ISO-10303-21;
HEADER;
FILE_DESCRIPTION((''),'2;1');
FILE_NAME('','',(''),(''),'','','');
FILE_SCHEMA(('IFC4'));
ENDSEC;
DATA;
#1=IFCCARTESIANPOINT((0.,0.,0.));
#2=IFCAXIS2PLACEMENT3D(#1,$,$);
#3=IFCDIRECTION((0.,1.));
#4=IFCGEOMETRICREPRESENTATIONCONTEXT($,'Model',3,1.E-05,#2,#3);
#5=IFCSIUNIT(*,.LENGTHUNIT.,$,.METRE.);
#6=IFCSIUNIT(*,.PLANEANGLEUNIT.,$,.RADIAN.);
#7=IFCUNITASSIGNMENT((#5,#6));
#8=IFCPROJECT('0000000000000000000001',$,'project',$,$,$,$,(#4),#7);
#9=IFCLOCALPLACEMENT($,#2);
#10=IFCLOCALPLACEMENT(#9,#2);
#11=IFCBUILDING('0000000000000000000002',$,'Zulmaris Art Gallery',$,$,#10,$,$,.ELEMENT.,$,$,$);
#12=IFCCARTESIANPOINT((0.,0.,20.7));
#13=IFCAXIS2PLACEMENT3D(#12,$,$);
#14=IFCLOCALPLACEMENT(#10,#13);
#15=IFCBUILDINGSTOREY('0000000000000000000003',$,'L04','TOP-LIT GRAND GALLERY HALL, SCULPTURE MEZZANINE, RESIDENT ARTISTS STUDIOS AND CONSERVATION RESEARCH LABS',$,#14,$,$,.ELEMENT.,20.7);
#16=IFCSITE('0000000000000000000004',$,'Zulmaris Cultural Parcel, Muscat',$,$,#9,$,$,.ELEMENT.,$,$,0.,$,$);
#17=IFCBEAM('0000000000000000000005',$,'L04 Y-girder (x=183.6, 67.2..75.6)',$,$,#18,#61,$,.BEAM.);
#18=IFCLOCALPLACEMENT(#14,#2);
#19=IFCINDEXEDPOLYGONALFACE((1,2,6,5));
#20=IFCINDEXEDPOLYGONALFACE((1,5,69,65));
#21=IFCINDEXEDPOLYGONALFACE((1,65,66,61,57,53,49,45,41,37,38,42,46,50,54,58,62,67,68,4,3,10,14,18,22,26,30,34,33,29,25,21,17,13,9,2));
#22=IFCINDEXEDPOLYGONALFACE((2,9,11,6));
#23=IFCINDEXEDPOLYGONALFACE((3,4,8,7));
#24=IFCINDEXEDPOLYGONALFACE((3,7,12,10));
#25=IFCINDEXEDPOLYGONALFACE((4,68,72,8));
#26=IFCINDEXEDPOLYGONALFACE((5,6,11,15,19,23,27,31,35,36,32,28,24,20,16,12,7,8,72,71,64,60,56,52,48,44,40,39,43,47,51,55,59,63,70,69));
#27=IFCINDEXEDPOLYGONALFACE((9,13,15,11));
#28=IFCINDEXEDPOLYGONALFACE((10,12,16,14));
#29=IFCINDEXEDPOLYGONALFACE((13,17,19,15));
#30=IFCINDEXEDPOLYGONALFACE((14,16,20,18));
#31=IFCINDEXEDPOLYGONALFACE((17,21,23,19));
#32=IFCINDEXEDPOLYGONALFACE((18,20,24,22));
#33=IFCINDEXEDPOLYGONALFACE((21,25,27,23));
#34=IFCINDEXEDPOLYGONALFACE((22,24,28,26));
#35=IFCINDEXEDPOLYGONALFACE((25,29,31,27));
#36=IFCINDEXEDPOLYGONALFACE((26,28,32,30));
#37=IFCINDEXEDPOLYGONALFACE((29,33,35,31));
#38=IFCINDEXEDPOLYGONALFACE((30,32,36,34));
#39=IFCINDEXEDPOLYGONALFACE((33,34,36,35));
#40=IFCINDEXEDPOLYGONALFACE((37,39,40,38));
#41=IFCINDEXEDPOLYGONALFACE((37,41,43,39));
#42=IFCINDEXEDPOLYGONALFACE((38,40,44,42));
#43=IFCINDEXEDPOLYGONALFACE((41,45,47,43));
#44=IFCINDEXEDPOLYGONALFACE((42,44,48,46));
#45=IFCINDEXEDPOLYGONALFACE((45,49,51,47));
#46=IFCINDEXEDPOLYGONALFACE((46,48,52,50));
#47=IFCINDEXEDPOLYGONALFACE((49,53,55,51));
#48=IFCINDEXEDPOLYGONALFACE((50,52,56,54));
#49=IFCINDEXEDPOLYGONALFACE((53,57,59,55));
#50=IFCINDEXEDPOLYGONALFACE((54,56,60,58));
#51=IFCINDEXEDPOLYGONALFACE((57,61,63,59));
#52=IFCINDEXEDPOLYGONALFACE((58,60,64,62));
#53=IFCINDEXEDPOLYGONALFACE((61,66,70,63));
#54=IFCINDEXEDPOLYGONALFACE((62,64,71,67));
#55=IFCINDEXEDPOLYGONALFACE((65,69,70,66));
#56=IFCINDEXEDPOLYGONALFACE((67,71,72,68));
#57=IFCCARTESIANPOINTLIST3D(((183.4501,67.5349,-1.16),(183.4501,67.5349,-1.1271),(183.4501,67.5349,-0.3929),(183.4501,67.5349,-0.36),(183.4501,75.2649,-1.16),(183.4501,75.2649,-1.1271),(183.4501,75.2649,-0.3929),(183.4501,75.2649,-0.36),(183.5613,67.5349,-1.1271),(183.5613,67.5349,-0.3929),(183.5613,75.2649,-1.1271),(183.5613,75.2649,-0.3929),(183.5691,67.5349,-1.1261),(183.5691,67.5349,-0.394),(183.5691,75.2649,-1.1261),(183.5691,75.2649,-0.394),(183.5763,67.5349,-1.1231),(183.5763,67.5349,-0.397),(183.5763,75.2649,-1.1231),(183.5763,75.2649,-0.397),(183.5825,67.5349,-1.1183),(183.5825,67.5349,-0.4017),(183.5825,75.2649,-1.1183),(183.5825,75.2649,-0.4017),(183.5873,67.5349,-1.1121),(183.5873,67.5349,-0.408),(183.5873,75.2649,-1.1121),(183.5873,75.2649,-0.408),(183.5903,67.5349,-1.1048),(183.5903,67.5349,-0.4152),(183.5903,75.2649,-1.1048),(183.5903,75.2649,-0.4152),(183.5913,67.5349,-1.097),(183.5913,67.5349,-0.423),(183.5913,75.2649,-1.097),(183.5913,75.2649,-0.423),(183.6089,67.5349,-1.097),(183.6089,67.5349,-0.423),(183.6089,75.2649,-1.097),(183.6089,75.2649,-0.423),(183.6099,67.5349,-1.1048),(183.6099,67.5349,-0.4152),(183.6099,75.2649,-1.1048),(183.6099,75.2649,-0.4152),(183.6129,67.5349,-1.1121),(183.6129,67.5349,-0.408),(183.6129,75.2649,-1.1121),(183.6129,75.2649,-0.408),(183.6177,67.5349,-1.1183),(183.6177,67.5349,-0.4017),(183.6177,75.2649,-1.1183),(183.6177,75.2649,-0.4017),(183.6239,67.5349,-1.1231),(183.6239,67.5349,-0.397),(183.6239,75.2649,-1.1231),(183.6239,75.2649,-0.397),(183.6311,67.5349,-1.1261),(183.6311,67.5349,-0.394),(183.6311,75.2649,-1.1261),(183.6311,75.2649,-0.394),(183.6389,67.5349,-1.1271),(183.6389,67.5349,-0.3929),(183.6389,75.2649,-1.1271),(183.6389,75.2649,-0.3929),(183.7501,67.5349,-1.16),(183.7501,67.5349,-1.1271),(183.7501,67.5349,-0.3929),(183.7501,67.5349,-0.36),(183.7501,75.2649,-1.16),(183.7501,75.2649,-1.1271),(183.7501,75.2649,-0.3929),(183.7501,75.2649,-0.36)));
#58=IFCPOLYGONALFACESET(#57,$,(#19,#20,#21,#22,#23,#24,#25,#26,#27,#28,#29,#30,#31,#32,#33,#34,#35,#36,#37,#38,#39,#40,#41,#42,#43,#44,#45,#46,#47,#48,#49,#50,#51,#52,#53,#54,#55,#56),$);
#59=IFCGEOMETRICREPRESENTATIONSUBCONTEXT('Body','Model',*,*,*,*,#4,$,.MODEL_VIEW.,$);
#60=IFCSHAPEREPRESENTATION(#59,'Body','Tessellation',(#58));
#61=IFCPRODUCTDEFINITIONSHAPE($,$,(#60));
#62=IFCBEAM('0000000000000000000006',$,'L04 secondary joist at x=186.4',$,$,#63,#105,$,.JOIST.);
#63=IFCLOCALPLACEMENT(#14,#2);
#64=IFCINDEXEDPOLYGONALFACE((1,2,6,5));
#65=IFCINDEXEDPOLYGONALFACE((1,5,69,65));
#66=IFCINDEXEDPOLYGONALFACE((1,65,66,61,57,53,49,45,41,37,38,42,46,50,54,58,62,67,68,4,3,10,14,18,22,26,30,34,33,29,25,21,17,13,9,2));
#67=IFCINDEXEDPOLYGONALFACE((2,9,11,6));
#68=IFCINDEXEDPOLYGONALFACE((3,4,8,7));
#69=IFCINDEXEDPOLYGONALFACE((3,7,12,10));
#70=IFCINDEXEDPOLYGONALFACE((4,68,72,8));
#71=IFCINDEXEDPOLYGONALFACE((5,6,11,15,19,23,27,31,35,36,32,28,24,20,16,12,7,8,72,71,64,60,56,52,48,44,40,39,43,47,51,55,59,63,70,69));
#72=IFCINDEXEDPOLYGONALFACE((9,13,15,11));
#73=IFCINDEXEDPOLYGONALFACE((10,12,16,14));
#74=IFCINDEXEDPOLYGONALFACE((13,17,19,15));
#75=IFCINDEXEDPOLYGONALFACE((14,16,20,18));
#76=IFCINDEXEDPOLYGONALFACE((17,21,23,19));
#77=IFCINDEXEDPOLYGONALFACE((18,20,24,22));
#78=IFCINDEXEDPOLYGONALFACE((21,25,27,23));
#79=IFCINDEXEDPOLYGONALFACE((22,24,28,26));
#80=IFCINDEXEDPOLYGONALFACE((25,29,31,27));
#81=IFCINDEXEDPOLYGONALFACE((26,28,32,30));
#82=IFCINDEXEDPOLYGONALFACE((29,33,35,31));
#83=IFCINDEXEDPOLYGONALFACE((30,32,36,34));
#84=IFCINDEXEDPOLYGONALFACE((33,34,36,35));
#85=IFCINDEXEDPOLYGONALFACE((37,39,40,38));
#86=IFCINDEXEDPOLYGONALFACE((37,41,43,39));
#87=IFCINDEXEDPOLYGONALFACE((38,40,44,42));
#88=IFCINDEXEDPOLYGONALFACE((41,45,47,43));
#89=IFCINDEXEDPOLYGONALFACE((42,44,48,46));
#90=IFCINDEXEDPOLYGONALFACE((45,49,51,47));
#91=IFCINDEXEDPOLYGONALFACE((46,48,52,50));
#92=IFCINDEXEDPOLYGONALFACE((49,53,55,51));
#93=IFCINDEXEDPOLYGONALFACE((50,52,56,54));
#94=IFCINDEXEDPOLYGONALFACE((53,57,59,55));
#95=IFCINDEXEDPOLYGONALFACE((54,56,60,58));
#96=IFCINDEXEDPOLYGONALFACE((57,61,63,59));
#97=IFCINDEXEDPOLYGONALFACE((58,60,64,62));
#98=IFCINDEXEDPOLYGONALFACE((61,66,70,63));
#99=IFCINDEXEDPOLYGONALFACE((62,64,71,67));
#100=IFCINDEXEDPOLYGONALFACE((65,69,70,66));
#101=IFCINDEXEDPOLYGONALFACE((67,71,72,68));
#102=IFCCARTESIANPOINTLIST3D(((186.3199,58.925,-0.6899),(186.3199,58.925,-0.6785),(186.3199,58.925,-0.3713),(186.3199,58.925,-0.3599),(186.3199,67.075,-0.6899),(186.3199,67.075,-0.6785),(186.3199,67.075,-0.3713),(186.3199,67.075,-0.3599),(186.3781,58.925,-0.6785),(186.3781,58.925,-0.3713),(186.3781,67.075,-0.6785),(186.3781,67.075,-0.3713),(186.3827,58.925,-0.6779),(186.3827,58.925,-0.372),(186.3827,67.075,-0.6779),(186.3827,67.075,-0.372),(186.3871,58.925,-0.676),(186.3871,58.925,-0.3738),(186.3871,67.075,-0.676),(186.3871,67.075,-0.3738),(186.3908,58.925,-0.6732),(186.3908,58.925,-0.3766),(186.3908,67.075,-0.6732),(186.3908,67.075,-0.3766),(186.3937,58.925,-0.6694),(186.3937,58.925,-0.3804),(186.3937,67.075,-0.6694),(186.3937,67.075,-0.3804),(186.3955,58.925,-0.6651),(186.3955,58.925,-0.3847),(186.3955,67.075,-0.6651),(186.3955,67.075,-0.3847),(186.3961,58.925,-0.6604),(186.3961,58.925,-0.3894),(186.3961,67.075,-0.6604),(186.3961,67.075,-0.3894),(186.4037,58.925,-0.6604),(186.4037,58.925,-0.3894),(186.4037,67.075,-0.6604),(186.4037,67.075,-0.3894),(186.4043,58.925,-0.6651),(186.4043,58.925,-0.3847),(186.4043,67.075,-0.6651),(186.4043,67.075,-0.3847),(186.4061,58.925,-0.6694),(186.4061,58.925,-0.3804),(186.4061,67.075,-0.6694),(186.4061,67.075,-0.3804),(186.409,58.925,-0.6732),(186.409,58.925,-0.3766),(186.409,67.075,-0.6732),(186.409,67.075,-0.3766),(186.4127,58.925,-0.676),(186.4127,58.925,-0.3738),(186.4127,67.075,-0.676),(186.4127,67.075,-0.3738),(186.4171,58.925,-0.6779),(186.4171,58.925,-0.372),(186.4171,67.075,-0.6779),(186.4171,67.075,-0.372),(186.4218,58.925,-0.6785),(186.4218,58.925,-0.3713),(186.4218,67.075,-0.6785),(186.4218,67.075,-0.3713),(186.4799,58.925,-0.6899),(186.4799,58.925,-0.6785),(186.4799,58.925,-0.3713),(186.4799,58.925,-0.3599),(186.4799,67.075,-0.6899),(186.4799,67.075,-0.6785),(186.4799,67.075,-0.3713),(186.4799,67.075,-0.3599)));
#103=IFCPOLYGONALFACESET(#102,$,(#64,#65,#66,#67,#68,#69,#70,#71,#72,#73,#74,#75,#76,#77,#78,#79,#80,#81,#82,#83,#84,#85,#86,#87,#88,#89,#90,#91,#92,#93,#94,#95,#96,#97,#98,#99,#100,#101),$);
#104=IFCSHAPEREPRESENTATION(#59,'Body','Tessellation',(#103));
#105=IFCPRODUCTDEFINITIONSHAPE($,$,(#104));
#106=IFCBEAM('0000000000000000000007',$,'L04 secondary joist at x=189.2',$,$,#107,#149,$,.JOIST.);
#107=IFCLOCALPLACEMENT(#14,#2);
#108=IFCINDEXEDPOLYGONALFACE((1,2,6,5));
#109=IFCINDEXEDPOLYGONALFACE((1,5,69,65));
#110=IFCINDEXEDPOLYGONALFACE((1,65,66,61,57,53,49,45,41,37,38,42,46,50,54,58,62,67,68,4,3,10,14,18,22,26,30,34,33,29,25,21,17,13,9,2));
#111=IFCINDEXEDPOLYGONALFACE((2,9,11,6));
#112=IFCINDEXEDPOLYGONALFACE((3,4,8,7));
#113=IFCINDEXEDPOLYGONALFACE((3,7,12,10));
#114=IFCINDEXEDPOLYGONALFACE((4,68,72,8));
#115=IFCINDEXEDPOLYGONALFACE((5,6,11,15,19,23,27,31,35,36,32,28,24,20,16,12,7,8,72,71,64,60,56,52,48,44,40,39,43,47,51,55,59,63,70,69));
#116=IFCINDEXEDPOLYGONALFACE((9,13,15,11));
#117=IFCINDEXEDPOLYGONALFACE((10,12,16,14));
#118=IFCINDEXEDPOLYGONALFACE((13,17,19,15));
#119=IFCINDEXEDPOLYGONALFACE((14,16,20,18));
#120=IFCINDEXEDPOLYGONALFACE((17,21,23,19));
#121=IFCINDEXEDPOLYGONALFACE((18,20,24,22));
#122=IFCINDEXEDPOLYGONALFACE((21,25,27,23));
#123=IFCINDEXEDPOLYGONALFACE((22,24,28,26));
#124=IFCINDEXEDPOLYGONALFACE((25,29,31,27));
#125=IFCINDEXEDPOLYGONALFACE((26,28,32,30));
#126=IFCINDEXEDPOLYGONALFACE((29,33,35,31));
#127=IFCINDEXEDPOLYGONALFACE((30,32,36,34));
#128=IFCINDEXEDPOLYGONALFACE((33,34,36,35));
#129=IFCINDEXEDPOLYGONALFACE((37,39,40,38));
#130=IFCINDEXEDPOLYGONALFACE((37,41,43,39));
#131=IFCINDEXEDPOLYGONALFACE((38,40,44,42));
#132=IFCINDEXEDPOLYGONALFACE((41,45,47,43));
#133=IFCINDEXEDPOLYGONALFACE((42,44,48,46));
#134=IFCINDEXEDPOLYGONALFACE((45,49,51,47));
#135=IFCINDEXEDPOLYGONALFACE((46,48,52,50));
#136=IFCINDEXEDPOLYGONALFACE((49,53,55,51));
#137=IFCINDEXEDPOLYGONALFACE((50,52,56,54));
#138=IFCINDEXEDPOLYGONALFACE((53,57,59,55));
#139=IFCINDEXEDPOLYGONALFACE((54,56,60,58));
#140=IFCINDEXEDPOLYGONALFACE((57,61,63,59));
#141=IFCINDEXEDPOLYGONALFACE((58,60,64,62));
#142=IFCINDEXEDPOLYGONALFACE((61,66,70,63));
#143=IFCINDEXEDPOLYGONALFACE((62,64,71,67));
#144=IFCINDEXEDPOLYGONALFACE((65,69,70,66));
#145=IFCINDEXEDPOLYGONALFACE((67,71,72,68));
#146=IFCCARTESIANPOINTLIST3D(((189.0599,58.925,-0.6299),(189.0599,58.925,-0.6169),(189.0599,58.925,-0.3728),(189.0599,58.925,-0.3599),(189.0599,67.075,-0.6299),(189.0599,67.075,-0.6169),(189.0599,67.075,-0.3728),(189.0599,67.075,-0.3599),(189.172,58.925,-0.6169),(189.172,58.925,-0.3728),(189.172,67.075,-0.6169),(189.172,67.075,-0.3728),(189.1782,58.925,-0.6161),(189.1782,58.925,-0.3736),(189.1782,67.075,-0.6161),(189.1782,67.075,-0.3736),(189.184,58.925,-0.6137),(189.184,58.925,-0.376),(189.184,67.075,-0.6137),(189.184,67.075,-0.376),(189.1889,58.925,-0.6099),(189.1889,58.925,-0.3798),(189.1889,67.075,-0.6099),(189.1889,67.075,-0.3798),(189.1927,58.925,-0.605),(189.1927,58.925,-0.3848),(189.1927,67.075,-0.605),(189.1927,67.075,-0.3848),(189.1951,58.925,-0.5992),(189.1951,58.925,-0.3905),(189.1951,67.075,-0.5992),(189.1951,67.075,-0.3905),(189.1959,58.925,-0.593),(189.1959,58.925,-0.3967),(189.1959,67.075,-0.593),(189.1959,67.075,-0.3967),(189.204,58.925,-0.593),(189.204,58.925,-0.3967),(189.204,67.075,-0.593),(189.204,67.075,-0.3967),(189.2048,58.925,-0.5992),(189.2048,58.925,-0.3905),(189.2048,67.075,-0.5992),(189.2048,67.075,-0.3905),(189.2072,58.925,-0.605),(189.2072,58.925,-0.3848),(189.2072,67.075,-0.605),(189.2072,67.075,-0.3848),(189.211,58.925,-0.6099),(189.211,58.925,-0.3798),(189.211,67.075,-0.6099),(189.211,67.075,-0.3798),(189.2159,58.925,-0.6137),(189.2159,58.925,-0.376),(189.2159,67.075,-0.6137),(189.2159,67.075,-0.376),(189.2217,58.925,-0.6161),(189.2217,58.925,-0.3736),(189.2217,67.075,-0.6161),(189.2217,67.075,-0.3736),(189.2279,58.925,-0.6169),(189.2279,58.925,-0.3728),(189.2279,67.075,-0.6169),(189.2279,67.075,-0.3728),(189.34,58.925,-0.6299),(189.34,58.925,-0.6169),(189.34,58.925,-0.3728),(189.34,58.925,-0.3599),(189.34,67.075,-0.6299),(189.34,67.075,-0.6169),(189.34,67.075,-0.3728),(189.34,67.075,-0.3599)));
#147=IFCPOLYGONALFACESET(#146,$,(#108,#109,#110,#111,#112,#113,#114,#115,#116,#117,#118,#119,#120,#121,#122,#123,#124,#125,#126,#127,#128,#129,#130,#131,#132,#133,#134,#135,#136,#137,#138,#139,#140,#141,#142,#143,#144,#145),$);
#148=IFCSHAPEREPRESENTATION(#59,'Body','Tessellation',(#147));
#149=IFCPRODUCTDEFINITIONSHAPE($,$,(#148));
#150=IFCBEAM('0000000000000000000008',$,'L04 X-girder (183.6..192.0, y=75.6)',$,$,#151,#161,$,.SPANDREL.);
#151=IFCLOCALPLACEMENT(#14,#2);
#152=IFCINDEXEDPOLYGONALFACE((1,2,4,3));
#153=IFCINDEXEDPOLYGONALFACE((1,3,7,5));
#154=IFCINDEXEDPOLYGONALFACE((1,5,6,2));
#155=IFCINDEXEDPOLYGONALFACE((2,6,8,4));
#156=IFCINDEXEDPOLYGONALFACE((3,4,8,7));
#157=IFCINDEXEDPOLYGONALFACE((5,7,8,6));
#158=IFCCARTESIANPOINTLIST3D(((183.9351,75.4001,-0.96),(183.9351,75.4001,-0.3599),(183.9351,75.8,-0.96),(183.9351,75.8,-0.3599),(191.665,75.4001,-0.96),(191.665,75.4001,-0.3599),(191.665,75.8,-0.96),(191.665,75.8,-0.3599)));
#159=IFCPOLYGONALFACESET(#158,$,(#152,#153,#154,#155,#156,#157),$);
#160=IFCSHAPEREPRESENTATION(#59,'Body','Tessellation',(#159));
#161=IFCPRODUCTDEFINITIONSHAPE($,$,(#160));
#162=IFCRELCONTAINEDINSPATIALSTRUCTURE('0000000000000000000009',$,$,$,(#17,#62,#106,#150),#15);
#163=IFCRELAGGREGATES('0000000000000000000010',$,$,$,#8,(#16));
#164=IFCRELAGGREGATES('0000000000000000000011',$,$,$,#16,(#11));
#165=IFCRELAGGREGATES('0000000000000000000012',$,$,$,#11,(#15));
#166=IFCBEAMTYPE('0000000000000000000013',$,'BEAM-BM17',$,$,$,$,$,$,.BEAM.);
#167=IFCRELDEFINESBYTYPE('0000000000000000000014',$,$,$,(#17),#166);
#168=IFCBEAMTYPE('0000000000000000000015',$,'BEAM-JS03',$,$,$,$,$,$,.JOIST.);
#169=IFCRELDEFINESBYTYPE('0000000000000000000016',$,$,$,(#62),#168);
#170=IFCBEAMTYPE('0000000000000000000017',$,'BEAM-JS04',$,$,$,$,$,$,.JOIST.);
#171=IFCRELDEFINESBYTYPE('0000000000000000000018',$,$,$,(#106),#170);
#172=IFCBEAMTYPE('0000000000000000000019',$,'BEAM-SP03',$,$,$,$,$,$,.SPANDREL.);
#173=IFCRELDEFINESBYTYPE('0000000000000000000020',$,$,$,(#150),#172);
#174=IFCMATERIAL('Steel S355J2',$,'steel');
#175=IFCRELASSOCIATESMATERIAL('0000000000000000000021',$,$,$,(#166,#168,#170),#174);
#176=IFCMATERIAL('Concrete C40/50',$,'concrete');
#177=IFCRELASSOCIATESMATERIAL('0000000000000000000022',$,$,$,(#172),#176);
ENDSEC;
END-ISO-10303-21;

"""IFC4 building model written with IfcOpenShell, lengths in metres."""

from ifc_helpers import new_model, si_unit, direction, frame, origin, origin_2d, place, context, subcontext, project, spatial, rectangle, i_section, extrude, material, material_profile, profile_set, type_object, element, save


model = new_model("IFC4")

# Units and contexts
model_context = context("Model", 3, precision=1e-05, world=origin(), true_north=direction((0.0, 1.0)))
body_context = subcontext(model_context, "Body", "Model", "MODEL_VIEW")
ifc_project = project(units=[si_unit("LENGTHUNIT", "METRE"), si_unit("PLANEANGLEUNIT", "RADIAN")], contexts=[model_context])

# Site, building, storey
site_placement = place(None, origin())
site = spatial("IfcSite", under=ifc_project, at=site_placement, Name="Zulmaris Cultural Parcel, Muscat", CompositionType="ELEMENT", RefElevation=0.0)
building_placement = place(site_placement, origin())
building = spatial("IfcBuilding", under=site, at=building_placement, Name="Zulmaris Art Gallery", CompositionType="ELEMENT")
storey_placement = place(building_placement, frame((0.0, 0.0, 20.7)))
storey = spatial("IfcBuildingStorey", under=building, at=storey_placement, Name="L04", Description="TOP-LIT GRAND GALLERY HALL, SCULPTURE MEZZANINE, RESIDENT ARTISTS STUDIOS AND CONSERVATION RESEARCH LABS", CompositionType="ELEMENT", Elevation=20.7)

# Shared definitions
ifc_material_1 = material(Name="Concrete C40/50", Category="concrete")

# Beams
ifc_material_2 = material(Name="Steel S355J2", Category="steel")
ifc_material_profile_1 = material_profile(ifc_material_2, i_section(OverallWidth=0.3, OverallDepth=0.8, WebThickness=0.0176, FlangeThickness=0.033, FilletRadius=0.03, at=origin_2d()), Name="HEB 800")
ifc_profile_set_1 = profile_set([ifc_material_profile_1], Name="Steel S355J2")
beam_type_1 = type_object("IfcBeamType", Name="BEAM-BM17", PredefinedType="BEAM", material=ifc_profile_set_1)
for number, where, z_axis, x_axis, name in (
    (1, (183.6001, 67.5349, -0.76), (0.0, 1.0, 0.0), (-1.0, 0.0, 0.0), "L04 Y-girder (x=183.6, 67.2..75.6)"),
):
    element("IfcBeam", number, at=place(storey_placement, frame(where, z_axis=z_axis, x_axis=x_axis)), inside=storey, type_object=beam_type_1, Name=name, PredefinedType="BEAM", context=body_context, shape_type="SweptSolid", body=[
        extrude(i_section(OverallWidth=0.3, OverallDepth=0.8, WebThickness=0.0176, FlangeThickness=0.033, FilletRadius=0.03, at=origin_2d()), origin(), (0.0, 0.0, 1.0), 7.73),
    ])
ifc_material_profile_2 = material_profile(ifc_material_2, i_section(OverallWidth=0.1599, OverallDepth=0.3301, WebThickness=0.0076, FlangeThickness=0.0115, FilletRadius=0.0181, at=origin_2d()), Name="IPE 330")
ifc_profile_set_2 = profile_set([ifc_material_profile_2], Name="Steel S355J2")
beam_type_2 = type_object("IfcBeamType", Name="BEAM-JS03", PredefinedType="JOIST", material=ifc_profile_set_2)
beam_1_placement = place(storey_placement, frame((186.3999, 58.925, -0.5249), z_axis=(0.0, 1.0, 0.0), x_axis=(-1.0, 0.0, 0.0)))
element("IfcBeam", 2, at=beam_1_placement, inside=storey, type_object=beam_type_2, Name="L04 secondary joist at x=186.4", PredefinedType="JOIST", context=body_context, shape_type="SweptSolid", body=[
    extrude(i_section(OverallWidth=0.1599, OverallDepth=0.3301, WebThickness=0.0076, FlangeThickness=0.0115, FilletRadius=0.0181, at=origin_2d()), origin(), (0.0, 0.0, 1.0), 8.1499),
])
ifc_material_profile_3 = material_profile(ifc_material_2, i_section(OverallWidth=0.28, OverallDepth=0.27, WebThickness=0.0081, FlangeThickness=0.0129, FilletRadius=0.0239, at=origin_2d()), Name="HEA 280")
ifc_profile_set_3 = profile_set([ifc_material_profile_3], Name="Steel S355J2")
beam_type_3 = type_object("IfcBeamType", Name="BEAM-JS04", PredefinedType="JOIST", material=ifc_profile_set_3)
beam_2_placement = place(storey_placement, frame((189.2, 58.925, -0.4949), z_axis=(0.0, 1.0, 0.0), x_axis=(-1.0, 0.0, 0.0)))
element("IfcBeam", 3, at=beam_2_placement, inside=storey, type_object=beam_type_3, Name="L04 secondary joist at x=189.2", PredefinedType="JOIST", context=body_context, shape_type="SweptSolid", body=[
    extrude(i_section(OverallWidth=0.28, OverallDepth=0.27, WebThickness=0.0081, FlangeThickness=0.0129, FilletRadius=0.0239, at=origin_2d()), origin(), (0.0, 0.0, 1.0), 8.1499),
])
ifc_material_profile_4 = material_profile(ifc_material_1, rectangle(XDim=0.3999, YDim=0.6001, at=origin_2d()), Name="RC 400x600")
ifc_profile_set_4 = profile_set([ifc_material_profile_4], Name="Concrete C40/50")
beam_type_4 = type_object("IfcBeamType", Name="BEAM-SP03", PredefinedType="SPANDREL", material=ifc_profile_set_4)
beam_3_placement = place(storey_placement, frame((183.9351, 75.6001, -0.6599), z_axis=(1.0, 0.0, 0.0), x_axis=(0.0, 1.0, 0.0)))
element("IfcBeam", 4, at=beam_3_placement, inside=storey, type_object=beam_type_4, Name="L04 X-girder (183.6..192.0, y=75.6)", PredefinedType="SPANDREL", context=body_context, shape_type="SweptSolid", body=[
    extrude(rectangle(XDim=0.3999, YDim=0.6001, at=origin_2d()), origin(), (0.0, 0.0, 1.0), 7.73),
])

save(model, "model.ifc")
